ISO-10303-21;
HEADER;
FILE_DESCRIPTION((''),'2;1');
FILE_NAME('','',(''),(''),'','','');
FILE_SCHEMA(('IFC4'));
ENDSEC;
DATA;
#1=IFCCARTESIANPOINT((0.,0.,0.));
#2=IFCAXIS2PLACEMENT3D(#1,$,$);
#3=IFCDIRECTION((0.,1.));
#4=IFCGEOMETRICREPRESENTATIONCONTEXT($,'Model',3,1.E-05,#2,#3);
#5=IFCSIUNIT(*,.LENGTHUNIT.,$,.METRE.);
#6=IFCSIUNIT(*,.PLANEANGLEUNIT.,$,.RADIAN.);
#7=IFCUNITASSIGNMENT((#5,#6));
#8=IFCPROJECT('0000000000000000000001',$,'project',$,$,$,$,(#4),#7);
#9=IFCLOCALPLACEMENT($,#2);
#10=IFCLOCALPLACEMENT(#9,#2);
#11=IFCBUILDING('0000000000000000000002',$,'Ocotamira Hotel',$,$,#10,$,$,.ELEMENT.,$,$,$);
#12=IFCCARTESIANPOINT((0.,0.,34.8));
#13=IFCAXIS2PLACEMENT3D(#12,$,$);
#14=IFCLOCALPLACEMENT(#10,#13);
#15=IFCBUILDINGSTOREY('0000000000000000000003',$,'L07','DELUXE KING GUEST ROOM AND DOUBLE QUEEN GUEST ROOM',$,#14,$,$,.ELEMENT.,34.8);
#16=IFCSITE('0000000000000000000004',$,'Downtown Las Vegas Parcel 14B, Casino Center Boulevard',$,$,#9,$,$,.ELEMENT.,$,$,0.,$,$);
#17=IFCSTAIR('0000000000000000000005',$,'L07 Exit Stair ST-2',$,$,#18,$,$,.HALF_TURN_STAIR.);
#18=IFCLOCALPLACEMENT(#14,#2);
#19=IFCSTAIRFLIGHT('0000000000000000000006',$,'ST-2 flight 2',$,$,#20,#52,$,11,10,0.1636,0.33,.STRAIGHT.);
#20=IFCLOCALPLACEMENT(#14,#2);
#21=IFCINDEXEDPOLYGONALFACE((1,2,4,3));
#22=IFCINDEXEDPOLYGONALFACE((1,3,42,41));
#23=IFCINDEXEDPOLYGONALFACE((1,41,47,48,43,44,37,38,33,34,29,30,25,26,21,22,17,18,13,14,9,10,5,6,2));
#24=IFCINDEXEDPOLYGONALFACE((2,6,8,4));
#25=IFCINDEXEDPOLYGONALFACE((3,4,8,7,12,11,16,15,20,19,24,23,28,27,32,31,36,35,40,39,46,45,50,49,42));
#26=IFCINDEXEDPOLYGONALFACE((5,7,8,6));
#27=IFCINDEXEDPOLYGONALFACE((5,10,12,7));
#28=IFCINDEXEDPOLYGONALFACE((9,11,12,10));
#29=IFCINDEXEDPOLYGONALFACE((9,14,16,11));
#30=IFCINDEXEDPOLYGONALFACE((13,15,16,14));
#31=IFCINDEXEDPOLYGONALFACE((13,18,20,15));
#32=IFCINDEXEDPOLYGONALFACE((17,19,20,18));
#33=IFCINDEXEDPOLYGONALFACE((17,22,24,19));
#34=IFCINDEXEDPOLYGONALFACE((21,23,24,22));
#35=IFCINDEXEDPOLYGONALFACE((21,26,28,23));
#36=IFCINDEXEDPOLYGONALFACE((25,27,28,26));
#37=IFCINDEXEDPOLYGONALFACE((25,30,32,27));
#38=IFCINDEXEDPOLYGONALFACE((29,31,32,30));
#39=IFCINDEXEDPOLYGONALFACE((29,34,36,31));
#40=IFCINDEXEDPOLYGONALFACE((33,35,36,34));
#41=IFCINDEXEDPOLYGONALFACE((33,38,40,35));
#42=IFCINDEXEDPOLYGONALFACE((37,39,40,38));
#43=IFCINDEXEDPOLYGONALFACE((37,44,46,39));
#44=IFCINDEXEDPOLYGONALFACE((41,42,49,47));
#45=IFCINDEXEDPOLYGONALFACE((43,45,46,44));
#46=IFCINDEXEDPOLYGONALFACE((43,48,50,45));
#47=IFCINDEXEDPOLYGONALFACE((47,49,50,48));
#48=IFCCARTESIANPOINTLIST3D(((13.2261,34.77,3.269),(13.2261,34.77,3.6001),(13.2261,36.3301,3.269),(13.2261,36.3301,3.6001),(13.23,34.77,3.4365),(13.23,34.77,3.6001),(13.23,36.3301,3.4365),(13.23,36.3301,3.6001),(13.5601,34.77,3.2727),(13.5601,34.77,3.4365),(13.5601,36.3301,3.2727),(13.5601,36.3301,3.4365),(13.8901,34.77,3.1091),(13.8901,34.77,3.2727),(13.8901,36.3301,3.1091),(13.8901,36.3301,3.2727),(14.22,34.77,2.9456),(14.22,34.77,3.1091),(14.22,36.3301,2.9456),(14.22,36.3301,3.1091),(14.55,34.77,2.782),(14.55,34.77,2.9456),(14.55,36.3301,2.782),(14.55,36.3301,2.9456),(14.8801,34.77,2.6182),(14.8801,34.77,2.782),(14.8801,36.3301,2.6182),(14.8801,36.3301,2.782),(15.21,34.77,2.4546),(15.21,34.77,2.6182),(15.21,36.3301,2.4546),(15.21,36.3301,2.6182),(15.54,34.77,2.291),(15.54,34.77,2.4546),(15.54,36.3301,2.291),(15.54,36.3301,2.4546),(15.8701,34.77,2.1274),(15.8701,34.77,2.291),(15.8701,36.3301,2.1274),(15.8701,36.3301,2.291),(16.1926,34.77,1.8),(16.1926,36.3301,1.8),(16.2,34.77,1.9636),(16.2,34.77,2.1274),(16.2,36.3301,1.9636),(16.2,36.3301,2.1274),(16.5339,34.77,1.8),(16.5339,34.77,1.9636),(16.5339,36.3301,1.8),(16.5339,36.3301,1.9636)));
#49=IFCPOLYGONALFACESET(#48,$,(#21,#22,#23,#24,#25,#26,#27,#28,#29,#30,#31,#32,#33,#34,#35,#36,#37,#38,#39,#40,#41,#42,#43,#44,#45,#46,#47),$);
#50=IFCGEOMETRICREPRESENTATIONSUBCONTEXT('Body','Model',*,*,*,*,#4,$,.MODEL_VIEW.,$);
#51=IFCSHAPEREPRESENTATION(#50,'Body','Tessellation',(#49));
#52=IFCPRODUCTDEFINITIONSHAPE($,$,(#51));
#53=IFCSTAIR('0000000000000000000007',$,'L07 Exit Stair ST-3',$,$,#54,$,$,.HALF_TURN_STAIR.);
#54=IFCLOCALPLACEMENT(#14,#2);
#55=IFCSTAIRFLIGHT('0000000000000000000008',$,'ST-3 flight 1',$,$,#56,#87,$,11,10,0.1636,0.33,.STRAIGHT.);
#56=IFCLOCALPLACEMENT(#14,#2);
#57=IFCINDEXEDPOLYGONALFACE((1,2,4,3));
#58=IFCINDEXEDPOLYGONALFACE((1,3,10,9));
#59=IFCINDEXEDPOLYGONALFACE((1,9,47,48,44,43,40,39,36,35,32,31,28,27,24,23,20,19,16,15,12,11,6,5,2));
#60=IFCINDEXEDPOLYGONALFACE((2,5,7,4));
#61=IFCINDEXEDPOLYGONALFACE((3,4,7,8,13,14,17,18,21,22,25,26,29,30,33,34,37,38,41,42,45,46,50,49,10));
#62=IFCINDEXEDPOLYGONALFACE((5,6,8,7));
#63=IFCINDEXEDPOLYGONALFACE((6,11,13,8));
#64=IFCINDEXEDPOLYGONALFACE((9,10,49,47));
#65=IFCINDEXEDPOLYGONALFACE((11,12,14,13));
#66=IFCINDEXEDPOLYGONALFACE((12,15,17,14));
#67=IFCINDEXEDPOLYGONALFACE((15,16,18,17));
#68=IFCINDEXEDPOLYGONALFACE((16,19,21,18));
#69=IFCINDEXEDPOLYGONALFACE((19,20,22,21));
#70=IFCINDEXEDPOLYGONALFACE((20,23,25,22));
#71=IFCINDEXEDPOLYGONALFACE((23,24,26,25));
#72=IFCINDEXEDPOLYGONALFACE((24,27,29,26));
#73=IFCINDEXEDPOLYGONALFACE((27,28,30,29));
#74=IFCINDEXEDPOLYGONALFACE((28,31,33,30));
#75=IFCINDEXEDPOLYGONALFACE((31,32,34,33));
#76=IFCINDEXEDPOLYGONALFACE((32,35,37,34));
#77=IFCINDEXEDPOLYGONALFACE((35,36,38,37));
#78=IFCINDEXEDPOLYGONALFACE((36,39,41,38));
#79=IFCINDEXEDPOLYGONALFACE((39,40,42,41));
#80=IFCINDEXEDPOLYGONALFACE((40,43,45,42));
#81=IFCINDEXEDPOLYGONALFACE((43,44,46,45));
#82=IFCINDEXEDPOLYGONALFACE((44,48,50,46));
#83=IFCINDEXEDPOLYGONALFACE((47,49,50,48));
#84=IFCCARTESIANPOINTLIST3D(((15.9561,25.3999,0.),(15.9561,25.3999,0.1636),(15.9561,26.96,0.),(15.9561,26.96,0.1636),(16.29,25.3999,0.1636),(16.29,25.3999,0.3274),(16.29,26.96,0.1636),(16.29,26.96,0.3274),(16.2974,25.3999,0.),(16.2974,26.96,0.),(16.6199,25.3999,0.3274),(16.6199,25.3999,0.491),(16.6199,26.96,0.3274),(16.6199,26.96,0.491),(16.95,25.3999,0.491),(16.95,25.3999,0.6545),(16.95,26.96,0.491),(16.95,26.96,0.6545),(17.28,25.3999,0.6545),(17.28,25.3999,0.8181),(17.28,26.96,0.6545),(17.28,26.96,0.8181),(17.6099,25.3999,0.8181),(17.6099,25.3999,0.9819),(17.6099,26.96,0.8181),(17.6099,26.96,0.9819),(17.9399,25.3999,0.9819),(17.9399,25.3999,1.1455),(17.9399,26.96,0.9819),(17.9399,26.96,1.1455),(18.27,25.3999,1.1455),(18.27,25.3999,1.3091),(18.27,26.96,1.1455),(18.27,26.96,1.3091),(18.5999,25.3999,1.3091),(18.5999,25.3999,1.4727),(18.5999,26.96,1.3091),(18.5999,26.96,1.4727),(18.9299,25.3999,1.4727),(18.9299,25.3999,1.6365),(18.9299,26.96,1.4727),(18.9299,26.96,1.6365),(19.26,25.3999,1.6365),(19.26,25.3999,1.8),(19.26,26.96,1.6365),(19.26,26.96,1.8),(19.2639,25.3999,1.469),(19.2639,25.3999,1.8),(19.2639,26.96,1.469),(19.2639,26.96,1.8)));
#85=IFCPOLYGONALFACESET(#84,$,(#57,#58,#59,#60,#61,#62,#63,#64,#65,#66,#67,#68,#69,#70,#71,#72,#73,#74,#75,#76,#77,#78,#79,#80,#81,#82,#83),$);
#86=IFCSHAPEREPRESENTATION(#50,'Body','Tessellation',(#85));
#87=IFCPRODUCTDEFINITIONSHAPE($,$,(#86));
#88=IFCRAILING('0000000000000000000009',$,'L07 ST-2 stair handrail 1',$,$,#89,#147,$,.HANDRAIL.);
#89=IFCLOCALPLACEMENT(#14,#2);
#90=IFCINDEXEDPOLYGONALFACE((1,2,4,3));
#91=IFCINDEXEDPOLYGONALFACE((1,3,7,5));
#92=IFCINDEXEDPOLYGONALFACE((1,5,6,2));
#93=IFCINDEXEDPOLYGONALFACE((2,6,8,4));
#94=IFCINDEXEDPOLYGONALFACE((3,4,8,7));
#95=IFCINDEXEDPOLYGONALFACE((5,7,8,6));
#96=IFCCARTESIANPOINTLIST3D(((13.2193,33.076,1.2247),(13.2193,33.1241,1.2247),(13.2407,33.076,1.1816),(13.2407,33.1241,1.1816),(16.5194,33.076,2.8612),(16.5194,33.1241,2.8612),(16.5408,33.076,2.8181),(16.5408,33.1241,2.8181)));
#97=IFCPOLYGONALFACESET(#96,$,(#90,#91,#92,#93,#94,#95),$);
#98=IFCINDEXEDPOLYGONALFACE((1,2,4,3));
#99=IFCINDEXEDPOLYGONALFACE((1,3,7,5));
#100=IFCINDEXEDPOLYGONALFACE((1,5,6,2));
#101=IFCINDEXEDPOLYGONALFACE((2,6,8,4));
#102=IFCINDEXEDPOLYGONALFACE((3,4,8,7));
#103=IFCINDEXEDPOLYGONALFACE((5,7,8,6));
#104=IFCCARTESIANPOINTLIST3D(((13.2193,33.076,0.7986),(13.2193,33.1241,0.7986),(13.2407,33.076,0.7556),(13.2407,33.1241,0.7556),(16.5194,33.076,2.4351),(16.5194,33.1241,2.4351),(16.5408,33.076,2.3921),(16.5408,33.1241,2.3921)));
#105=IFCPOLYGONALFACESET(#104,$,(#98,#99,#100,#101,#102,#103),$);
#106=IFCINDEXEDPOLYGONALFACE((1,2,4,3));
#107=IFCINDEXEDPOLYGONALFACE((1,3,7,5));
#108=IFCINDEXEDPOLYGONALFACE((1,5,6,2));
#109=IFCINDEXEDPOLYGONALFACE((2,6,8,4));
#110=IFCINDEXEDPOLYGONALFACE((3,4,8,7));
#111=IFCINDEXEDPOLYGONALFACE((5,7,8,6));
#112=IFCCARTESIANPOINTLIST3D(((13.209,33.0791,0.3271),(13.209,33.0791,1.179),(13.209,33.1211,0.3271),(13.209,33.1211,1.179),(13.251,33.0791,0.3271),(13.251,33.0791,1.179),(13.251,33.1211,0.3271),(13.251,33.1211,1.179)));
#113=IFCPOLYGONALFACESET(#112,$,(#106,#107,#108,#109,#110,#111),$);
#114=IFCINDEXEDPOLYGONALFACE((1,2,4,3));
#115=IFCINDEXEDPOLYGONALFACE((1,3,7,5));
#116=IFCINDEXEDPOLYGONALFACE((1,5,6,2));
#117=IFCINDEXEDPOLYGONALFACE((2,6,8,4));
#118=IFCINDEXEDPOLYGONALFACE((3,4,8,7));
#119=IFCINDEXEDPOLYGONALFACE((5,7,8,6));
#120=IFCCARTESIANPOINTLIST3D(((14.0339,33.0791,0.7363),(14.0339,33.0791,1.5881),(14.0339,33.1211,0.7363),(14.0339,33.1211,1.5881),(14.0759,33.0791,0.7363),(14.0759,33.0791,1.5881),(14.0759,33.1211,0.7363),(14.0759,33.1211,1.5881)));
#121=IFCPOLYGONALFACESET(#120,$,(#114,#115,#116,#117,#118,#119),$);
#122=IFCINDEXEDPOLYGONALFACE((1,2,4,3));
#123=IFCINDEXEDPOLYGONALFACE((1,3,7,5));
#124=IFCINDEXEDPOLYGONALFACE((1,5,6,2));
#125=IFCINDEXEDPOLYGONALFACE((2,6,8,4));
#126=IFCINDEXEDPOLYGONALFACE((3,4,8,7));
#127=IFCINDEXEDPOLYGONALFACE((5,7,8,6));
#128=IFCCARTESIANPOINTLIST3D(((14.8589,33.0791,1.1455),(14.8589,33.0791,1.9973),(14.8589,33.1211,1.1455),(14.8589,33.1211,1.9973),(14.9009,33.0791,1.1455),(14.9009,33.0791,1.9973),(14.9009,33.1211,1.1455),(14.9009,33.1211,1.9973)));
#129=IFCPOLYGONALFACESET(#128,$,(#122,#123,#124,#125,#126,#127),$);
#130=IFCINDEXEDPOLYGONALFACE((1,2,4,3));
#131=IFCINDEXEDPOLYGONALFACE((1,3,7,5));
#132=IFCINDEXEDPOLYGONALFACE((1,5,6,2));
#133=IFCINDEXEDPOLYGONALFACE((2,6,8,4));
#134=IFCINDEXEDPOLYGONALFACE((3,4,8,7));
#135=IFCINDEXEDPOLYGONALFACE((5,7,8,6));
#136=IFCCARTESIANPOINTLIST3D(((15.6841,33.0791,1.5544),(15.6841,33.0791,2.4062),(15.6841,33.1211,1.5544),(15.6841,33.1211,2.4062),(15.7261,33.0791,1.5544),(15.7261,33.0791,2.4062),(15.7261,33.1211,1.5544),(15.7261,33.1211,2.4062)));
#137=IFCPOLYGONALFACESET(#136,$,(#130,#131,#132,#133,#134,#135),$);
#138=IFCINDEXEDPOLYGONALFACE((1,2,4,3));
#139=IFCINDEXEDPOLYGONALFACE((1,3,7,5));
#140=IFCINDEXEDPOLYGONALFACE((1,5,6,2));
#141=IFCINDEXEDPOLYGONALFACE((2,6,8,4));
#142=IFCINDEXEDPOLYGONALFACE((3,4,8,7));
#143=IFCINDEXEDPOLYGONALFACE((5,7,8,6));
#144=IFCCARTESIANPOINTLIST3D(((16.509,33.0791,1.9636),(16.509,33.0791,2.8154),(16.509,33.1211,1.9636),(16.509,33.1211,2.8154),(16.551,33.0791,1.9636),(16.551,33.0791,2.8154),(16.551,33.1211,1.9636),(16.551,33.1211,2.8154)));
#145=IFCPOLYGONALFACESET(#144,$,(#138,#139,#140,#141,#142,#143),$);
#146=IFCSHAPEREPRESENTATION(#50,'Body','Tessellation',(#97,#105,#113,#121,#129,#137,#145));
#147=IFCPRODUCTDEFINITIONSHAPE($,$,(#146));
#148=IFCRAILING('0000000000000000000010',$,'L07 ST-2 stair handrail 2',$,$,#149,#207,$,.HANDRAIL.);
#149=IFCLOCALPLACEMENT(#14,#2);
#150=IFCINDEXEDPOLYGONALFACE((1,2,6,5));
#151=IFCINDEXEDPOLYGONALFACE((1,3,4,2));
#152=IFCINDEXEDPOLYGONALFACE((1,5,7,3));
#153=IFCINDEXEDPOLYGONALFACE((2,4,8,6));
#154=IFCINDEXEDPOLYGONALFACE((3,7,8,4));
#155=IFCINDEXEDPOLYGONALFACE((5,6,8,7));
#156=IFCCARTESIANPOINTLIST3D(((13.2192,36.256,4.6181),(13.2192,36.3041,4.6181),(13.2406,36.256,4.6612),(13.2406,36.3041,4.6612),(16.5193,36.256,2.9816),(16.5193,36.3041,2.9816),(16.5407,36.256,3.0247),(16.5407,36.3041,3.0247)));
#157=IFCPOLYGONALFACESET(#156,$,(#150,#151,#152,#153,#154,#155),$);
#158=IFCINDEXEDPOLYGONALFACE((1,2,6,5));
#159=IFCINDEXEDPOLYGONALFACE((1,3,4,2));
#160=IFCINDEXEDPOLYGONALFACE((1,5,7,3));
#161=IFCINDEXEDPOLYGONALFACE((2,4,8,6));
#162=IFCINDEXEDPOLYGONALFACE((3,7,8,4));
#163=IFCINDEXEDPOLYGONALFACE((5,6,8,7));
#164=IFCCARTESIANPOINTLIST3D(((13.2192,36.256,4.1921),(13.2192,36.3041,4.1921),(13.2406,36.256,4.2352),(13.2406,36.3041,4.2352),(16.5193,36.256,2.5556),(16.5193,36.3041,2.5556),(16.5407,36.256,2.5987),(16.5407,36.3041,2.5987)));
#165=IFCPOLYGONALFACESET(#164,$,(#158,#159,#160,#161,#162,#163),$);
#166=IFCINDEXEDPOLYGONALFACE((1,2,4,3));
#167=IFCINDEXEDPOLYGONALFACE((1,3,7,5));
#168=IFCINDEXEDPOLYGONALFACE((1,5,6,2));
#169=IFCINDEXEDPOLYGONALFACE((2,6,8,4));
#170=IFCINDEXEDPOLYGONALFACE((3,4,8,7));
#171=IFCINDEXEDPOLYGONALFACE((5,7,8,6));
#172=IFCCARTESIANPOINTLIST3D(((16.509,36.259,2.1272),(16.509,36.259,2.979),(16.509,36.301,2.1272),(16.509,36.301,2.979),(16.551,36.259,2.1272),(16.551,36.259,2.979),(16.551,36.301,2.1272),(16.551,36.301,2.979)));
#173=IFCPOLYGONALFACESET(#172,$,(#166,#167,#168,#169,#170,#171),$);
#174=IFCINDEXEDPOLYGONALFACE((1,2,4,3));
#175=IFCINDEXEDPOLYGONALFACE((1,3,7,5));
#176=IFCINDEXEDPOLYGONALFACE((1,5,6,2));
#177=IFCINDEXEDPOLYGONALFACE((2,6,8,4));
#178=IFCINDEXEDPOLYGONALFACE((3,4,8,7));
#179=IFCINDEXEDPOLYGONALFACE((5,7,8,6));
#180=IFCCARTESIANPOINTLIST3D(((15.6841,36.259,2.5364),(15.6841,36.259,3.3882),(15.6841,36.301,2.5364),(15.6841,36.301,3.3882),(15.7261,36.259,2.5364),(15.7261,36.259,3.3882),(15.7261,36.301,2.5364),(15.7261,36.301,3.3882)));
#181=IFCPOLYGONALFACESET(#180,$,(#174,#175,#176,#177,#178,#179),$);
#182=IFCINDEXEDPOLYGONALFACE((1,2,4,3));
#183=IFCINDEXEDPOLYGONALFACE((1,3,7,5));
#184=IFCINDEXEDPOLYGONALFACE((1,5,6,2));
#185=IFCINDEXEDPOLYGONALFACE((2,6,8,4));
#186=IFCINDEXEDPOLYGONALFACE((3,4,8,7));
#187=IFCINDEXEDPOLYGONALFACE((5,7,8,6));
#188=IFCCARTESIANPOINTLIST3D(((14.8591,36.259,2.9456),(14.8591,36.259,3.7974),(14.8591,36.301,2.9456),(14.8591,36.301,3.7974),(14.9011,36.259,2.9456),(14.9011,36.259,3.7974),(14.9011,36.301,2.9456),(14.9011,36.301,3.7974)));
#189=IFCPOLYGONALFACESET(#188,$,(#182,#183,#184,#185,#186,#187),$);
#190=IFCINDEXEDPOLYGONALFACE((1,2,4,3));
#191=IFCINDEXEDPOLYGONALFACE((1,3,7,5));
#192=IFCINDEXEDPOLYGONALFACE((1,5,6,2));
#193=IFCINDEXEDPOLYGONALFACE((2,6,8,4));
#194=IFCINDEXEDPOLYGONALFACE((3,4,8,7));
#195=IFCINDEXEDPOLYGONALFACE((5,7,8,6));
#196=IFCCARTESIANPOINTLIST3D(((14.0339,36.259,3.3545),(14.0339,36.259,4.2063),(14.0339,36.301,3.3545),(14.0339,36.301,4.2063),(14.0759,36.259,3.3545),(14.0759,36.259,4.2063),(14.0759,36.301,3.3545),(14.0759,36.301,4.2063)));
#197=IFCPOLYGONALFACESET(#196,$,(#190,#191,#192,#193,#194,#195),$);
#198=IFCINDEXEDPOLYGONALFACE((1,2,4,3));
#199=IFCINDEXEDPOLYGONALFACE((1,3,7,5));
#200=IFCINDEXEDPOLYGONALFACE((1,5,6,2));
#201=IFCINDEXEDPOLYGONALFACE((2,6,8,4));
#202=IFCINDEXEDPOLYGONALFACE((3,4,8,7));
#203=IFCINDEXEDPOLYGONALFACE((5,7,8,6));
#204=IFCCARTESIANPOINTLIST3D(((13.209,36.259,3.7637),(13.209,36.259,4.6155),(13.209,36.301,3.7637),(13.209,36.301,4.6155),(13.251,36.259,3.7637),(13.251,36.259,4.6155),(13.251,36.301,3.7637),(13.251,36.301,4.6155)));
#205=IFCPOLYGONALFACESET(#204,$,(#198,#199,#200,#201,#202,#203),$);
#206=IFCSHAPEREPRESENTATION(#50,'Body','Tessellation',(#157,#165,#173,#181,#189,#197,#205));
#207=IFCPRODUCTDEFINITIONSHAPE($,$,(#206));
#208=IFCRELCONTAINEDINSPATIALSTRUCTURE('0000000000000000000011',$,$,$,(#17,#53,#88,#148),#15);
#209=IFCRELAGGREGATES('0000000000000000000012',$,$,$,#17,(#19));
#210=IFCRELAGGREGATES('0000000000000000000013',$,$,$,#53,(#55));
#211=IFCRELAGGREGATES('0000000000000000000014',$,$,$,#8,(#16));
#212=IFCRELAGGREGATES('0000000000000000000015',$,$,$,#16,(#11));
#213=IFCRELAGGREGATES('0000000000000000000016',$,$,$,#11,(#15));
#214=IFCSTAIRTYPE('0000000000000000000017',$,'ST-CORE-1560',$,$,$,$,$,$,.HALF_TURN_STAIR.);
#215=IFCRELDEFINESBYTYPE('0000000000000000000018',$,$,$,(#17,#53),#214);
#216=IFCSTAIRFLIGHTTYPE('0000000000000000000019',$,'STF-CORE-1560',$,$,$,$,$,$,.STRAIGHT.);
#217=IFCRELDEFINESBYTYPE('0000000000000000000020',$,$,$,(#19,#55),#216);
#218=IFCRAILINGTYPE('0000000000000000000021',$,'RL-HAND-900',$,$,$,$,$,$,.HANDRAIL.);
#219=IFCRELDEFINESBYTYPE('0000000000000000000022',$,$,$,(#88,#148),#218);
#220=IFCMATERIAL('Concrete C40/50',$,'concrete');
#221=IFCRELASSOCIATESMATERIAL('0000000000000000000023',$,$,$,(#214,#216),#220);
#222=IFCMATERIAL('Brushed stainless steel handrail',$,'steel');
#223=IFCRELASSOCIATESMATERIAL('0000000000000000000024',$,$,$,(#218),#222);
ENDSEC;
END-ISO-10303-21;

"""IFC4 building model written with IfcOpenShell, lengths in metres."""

from ifc_helpers import new_model, si_unit, direction, frame, origin, origin_2d, place, context, subcontext, project, spatial, polyline, rectangle, outline, extrude, source, transform, mapped, material, type_object, element, aggregate, save


model = new_model("IFC4")

# Units and contexts
model_context = context("Model", 3, precision=1e-05, world=origin(), true_north=direction((0.0, 1.0)))
body_context = subcontext(model_context, "Body", "Model", "MODEL_VIEW")
ifc_project = project(units=[si_unit("LENGTHUNIT", "METRE"), si_unit("PLANEANGLEUNIT", "RADIAN")], contexts=[model_context])

# Site, building, storey
site_placement = place(None, origin())
site = spatial("IfcSite", under=ifc_project, at=site_placement, Name="Downtown Las Vegas Parcel 14B, Casino Center Boulevard", CompositionType="ELEMENT", RefElevation=0.0)
building_placement = place(site_placement, origin())
building = spatial("IfcBuilding", under=site, at=building_placement, Name="Ocotamira Hotel", CompositionType="ELEMENT")
storey_placement = place(building_placement, frame((0.0, 0.0, 34.8)))
storey = spatial("IfcBuildingStorey", under=building, at=storey_placement, Name="L07", Description="DELUXE KING GUEST ROOM AND DOUBLE QUEEN GUEST ROOM", CompositionType="ELEMENT", Elevation=34.8)

# Stair, stair flight
ifc_material_1 = material(Name="Concrete C40/50", Category="concrete")
stair_type = type_object("IfcStairType", Name="ST-CORE-1560", PredefinedType="HALF_TURN_STAIR", material=ifc_material_1)
stair_1_placement = place(storey_placement, origin())
stair_1 = element("IfcStair", 1, at=stair_1_placement, inside=storey, type_object=stair_type, Name="L07 Exit Stair ST-2", PredefinedType="HALF_TURN_STAIR")
stair_flight_type = type_object("IfcStairFlightType", Name="STF-CORE-1560", PredefinedType="STRAIGHT", material=ifc_material_1)
shared_shape_1 = source(origin(), body_context, "Body", "SweptSolid", [
    extrude(outline(polyline([(-0.0039, 0.0), (-0.0039, 0.1636), (0.3301, 0.1636), (0.3301, 0.3274), (0.6599, 0.3274), (0.6599, 0.491), (0.99, 0.491), (0.99, 0.6545), (1.3201, 0.6545), (1.3201, 0.8181), (1.6499, 0.8181), (1.6499, 0.9819), (1.98, 0.9819), (1.98, 1.1455), (2.3101, 1.1455), (2.3101, 1.3091), (2.6399, 1.3091), (2.6399, 1.4727), (2.97, 1.4727), (2.97, 1.6365), (3.3, 1.6365), (3.3, 1.8), (3.304, 1.8), (3.304, 1.469), (0.3374, 0.0), (-0.0039, 0.0)])), frame((0.0, 0.78, 0.0), z_axis=(0.0, -1.0, 0.0), x_axis=(1.0, 0.0, 0.0)), (0.0, 0.0, 1.0), 1.5601),
])
stair_flight_1_placement = place(storey_placement, frame((16.53, 35.55, 1.8), z_axis=(0.0, 0.0, 1.0), x_axis=(-1.0, 0.0, 0.0)))
stair_flight_1 = element("IfcStairFlight", 2, at=stair_flight_1_placement, type_object=stair_flight_type, Name="ST-2 flight 2", NumberOfRisers=11, NumberOfTreads=10, PredefinedType="STRAIGHT", RiserHeight=0.1636, TreadLength=0.33, context=body_context, shape_type="MappedRepresentation", body=[
    mapped(shared_shape_1, transform((0.0, 0.0, 0.0), scale=1.0)),
])
aggregate(stair_1, [stair_flight_1])

# Stair, stair flight
stair_2_placement = place(storey_placement, origin())
stair_2 = element("IfcStair", 3, at=stair_2_placement, inside=storey, type_object=stair_type, Name="L07 Exit Stair ST-3", PredefinedType="HALF_TURN_STAIR")
stair_flight_2_placement = place(storey_placement, frame((15.96, 26.1799, 0.0), z_axis=(0.0, 0.0, 1.0), x_axis=(1.0, 0.0, 0.0)))
stair_flight_2 = element("IfcStairFlight", 4, at=stair_flight_2_placement, type_object=stair_flight_type, Name="ST-3 flight 1", NumberOfRisers=11, NumberOfTreads=10, PredefinedType="STRAIGHT", RiserHeight=0.1636, TreadLength=0.33, context=body_context, shape_type="MappedRepresentation", body=[
    mapped(shared_shape_1, transform((0.0, 0.0, 0.0), scale=1.0)),
])
aggregate(stair_2, [stair_flight_2])

# Railings
ifc_material_2 = material(Name="Brushed stainless steel handrail", Category="steel")
railing_type_1 = type_object("IfcRailingType", Name="RL-HAND-900", PredefinedType="HANDRAIL", material=ifc_material_2)
railing_1_placement = place(storey_placement, frame((13.23, 33.1001, 0.3271)))
element("IfcRailing", 5, at=railing_1_placement, inside=storey, type_object=railing_type_1, Name="L07 ST-2 stair handrail 1", PredefinedType="HANDRAIL", context=body_context, shape_type="SweptSolid", body=[
    extrude(rectangle(XDim=0.0481, YDim=0.0481, at=origin_2d()), frame((0.0, 0.0, 0.876), z_axis=(0.895894, 0.0, 0.444268), x_axis=(0.0, 1.0, 0.0)), (0.0, 0.0, 1.0), 3.6836),
    extrude(rectangle(XDim=0.0481, YDim=0.0481, at=origin_2d()), frame((0.0, 0.0, 0.45), z_axis=(0.895894, 0.0, 0.444268), x_axis=(0.0, 1.0, 0.0)), (0.0, 0.0, 1.0), 3.6836),
    extrude(rectangle(XDim=0.042, YDim=0.042, at=origin_2d()), origin(), (0.0, 0.0, 1.0), 0.8518),
    extrude(rectangle(XDim=0.042, YDim=0.042, at=origin_2d()), frame((0.825, 0.0, 0.4092)), (0.0, 0.0, 1.0), 0.8518),
    extrude(rectangle(XDim=0.042, YDim=0.042, at=origin_2d()), frame((1.6499, 0.0, 0.8184)), (0.0, 0.0, 1.0), 0.8518),
    extrude(rectangle(XDim=0.042, YDim=0.042, at=origin_2d()), frame((2.4751, 0.0, 1.2273)), (0.0, 0.0, 1.0), 0.8518),
    extrude(rectangle(XDim=0.042, YDim=0.042, at=origin_2d()), frame((3.3, 0.0, 1.6365)), (0.0, 0.0, 1.0), 0.8518),
])
railing_2_placement = place(storey_placement, frame((16.53, 36.28, 2.1272)))
element("IfcRailing", 6, at=railing_2_placement, inside=storey, type_object=railing_type_1, Name="L07 ST-2 stair handrail 2", PredefinedType="HANDRAIL", context=body_context, shape_type="SweptSolid", body=[
    extrude(rectangle(XDim=0.0481, YDim=0.0481, at=origin_2d()), frame((0.0, 0.0, 0.876), z_axis=(-0.895894, 0.0, 0.444268), x_axis=(0.0, -1.0, 0.0)), (0.0, 0.0, 1.0), 3.6836),
    extrude(rectangle(XDim=0.0481, YDim=0.0481, at=origin_2d()), frame((0.0, 0.0, 0.45), z_axis=(-0.895894, 0.0, 0.444268), x_axis=(0.0, -1.0, 0.0)), (0.0, 0.0, 1.0), 3.6836),
    extrude(rectangle(XDim=0.042, YDim=0.042, at=origin_2d()), origin(), (0.0, 0.0, 1.0), 0.8518),
    extrude(rectangle(XDim=0.042, YDim=0.042, at=origin_2d()), frame((-0.825, 0.0, 0.4092)), (0.0, 0.0, 1.0), 0.8518),
    extrude(rectangle(XDim=0.042, YDim=0.042, at=origin_2d()), frame((-1.6499, 0.0, 0.8184)), (0.0, 0.0, 1.0), 0.8518),
    extrude(rectangle(XDim=0.042, YDim=0.042, at=origin_2d()), frame((-2.4751, 0.0, 1.2273)), (0.0, 0.0, 1.0), 0.8518),
    extrude(rectangle(XDim=0.042, YDim=0.042, at=origin_2d()), frame((-3.3, 0.0, 1.6365)), (0.0, 0.0, 1.0), 0.8518),
])

save(model, "model.ifc")
